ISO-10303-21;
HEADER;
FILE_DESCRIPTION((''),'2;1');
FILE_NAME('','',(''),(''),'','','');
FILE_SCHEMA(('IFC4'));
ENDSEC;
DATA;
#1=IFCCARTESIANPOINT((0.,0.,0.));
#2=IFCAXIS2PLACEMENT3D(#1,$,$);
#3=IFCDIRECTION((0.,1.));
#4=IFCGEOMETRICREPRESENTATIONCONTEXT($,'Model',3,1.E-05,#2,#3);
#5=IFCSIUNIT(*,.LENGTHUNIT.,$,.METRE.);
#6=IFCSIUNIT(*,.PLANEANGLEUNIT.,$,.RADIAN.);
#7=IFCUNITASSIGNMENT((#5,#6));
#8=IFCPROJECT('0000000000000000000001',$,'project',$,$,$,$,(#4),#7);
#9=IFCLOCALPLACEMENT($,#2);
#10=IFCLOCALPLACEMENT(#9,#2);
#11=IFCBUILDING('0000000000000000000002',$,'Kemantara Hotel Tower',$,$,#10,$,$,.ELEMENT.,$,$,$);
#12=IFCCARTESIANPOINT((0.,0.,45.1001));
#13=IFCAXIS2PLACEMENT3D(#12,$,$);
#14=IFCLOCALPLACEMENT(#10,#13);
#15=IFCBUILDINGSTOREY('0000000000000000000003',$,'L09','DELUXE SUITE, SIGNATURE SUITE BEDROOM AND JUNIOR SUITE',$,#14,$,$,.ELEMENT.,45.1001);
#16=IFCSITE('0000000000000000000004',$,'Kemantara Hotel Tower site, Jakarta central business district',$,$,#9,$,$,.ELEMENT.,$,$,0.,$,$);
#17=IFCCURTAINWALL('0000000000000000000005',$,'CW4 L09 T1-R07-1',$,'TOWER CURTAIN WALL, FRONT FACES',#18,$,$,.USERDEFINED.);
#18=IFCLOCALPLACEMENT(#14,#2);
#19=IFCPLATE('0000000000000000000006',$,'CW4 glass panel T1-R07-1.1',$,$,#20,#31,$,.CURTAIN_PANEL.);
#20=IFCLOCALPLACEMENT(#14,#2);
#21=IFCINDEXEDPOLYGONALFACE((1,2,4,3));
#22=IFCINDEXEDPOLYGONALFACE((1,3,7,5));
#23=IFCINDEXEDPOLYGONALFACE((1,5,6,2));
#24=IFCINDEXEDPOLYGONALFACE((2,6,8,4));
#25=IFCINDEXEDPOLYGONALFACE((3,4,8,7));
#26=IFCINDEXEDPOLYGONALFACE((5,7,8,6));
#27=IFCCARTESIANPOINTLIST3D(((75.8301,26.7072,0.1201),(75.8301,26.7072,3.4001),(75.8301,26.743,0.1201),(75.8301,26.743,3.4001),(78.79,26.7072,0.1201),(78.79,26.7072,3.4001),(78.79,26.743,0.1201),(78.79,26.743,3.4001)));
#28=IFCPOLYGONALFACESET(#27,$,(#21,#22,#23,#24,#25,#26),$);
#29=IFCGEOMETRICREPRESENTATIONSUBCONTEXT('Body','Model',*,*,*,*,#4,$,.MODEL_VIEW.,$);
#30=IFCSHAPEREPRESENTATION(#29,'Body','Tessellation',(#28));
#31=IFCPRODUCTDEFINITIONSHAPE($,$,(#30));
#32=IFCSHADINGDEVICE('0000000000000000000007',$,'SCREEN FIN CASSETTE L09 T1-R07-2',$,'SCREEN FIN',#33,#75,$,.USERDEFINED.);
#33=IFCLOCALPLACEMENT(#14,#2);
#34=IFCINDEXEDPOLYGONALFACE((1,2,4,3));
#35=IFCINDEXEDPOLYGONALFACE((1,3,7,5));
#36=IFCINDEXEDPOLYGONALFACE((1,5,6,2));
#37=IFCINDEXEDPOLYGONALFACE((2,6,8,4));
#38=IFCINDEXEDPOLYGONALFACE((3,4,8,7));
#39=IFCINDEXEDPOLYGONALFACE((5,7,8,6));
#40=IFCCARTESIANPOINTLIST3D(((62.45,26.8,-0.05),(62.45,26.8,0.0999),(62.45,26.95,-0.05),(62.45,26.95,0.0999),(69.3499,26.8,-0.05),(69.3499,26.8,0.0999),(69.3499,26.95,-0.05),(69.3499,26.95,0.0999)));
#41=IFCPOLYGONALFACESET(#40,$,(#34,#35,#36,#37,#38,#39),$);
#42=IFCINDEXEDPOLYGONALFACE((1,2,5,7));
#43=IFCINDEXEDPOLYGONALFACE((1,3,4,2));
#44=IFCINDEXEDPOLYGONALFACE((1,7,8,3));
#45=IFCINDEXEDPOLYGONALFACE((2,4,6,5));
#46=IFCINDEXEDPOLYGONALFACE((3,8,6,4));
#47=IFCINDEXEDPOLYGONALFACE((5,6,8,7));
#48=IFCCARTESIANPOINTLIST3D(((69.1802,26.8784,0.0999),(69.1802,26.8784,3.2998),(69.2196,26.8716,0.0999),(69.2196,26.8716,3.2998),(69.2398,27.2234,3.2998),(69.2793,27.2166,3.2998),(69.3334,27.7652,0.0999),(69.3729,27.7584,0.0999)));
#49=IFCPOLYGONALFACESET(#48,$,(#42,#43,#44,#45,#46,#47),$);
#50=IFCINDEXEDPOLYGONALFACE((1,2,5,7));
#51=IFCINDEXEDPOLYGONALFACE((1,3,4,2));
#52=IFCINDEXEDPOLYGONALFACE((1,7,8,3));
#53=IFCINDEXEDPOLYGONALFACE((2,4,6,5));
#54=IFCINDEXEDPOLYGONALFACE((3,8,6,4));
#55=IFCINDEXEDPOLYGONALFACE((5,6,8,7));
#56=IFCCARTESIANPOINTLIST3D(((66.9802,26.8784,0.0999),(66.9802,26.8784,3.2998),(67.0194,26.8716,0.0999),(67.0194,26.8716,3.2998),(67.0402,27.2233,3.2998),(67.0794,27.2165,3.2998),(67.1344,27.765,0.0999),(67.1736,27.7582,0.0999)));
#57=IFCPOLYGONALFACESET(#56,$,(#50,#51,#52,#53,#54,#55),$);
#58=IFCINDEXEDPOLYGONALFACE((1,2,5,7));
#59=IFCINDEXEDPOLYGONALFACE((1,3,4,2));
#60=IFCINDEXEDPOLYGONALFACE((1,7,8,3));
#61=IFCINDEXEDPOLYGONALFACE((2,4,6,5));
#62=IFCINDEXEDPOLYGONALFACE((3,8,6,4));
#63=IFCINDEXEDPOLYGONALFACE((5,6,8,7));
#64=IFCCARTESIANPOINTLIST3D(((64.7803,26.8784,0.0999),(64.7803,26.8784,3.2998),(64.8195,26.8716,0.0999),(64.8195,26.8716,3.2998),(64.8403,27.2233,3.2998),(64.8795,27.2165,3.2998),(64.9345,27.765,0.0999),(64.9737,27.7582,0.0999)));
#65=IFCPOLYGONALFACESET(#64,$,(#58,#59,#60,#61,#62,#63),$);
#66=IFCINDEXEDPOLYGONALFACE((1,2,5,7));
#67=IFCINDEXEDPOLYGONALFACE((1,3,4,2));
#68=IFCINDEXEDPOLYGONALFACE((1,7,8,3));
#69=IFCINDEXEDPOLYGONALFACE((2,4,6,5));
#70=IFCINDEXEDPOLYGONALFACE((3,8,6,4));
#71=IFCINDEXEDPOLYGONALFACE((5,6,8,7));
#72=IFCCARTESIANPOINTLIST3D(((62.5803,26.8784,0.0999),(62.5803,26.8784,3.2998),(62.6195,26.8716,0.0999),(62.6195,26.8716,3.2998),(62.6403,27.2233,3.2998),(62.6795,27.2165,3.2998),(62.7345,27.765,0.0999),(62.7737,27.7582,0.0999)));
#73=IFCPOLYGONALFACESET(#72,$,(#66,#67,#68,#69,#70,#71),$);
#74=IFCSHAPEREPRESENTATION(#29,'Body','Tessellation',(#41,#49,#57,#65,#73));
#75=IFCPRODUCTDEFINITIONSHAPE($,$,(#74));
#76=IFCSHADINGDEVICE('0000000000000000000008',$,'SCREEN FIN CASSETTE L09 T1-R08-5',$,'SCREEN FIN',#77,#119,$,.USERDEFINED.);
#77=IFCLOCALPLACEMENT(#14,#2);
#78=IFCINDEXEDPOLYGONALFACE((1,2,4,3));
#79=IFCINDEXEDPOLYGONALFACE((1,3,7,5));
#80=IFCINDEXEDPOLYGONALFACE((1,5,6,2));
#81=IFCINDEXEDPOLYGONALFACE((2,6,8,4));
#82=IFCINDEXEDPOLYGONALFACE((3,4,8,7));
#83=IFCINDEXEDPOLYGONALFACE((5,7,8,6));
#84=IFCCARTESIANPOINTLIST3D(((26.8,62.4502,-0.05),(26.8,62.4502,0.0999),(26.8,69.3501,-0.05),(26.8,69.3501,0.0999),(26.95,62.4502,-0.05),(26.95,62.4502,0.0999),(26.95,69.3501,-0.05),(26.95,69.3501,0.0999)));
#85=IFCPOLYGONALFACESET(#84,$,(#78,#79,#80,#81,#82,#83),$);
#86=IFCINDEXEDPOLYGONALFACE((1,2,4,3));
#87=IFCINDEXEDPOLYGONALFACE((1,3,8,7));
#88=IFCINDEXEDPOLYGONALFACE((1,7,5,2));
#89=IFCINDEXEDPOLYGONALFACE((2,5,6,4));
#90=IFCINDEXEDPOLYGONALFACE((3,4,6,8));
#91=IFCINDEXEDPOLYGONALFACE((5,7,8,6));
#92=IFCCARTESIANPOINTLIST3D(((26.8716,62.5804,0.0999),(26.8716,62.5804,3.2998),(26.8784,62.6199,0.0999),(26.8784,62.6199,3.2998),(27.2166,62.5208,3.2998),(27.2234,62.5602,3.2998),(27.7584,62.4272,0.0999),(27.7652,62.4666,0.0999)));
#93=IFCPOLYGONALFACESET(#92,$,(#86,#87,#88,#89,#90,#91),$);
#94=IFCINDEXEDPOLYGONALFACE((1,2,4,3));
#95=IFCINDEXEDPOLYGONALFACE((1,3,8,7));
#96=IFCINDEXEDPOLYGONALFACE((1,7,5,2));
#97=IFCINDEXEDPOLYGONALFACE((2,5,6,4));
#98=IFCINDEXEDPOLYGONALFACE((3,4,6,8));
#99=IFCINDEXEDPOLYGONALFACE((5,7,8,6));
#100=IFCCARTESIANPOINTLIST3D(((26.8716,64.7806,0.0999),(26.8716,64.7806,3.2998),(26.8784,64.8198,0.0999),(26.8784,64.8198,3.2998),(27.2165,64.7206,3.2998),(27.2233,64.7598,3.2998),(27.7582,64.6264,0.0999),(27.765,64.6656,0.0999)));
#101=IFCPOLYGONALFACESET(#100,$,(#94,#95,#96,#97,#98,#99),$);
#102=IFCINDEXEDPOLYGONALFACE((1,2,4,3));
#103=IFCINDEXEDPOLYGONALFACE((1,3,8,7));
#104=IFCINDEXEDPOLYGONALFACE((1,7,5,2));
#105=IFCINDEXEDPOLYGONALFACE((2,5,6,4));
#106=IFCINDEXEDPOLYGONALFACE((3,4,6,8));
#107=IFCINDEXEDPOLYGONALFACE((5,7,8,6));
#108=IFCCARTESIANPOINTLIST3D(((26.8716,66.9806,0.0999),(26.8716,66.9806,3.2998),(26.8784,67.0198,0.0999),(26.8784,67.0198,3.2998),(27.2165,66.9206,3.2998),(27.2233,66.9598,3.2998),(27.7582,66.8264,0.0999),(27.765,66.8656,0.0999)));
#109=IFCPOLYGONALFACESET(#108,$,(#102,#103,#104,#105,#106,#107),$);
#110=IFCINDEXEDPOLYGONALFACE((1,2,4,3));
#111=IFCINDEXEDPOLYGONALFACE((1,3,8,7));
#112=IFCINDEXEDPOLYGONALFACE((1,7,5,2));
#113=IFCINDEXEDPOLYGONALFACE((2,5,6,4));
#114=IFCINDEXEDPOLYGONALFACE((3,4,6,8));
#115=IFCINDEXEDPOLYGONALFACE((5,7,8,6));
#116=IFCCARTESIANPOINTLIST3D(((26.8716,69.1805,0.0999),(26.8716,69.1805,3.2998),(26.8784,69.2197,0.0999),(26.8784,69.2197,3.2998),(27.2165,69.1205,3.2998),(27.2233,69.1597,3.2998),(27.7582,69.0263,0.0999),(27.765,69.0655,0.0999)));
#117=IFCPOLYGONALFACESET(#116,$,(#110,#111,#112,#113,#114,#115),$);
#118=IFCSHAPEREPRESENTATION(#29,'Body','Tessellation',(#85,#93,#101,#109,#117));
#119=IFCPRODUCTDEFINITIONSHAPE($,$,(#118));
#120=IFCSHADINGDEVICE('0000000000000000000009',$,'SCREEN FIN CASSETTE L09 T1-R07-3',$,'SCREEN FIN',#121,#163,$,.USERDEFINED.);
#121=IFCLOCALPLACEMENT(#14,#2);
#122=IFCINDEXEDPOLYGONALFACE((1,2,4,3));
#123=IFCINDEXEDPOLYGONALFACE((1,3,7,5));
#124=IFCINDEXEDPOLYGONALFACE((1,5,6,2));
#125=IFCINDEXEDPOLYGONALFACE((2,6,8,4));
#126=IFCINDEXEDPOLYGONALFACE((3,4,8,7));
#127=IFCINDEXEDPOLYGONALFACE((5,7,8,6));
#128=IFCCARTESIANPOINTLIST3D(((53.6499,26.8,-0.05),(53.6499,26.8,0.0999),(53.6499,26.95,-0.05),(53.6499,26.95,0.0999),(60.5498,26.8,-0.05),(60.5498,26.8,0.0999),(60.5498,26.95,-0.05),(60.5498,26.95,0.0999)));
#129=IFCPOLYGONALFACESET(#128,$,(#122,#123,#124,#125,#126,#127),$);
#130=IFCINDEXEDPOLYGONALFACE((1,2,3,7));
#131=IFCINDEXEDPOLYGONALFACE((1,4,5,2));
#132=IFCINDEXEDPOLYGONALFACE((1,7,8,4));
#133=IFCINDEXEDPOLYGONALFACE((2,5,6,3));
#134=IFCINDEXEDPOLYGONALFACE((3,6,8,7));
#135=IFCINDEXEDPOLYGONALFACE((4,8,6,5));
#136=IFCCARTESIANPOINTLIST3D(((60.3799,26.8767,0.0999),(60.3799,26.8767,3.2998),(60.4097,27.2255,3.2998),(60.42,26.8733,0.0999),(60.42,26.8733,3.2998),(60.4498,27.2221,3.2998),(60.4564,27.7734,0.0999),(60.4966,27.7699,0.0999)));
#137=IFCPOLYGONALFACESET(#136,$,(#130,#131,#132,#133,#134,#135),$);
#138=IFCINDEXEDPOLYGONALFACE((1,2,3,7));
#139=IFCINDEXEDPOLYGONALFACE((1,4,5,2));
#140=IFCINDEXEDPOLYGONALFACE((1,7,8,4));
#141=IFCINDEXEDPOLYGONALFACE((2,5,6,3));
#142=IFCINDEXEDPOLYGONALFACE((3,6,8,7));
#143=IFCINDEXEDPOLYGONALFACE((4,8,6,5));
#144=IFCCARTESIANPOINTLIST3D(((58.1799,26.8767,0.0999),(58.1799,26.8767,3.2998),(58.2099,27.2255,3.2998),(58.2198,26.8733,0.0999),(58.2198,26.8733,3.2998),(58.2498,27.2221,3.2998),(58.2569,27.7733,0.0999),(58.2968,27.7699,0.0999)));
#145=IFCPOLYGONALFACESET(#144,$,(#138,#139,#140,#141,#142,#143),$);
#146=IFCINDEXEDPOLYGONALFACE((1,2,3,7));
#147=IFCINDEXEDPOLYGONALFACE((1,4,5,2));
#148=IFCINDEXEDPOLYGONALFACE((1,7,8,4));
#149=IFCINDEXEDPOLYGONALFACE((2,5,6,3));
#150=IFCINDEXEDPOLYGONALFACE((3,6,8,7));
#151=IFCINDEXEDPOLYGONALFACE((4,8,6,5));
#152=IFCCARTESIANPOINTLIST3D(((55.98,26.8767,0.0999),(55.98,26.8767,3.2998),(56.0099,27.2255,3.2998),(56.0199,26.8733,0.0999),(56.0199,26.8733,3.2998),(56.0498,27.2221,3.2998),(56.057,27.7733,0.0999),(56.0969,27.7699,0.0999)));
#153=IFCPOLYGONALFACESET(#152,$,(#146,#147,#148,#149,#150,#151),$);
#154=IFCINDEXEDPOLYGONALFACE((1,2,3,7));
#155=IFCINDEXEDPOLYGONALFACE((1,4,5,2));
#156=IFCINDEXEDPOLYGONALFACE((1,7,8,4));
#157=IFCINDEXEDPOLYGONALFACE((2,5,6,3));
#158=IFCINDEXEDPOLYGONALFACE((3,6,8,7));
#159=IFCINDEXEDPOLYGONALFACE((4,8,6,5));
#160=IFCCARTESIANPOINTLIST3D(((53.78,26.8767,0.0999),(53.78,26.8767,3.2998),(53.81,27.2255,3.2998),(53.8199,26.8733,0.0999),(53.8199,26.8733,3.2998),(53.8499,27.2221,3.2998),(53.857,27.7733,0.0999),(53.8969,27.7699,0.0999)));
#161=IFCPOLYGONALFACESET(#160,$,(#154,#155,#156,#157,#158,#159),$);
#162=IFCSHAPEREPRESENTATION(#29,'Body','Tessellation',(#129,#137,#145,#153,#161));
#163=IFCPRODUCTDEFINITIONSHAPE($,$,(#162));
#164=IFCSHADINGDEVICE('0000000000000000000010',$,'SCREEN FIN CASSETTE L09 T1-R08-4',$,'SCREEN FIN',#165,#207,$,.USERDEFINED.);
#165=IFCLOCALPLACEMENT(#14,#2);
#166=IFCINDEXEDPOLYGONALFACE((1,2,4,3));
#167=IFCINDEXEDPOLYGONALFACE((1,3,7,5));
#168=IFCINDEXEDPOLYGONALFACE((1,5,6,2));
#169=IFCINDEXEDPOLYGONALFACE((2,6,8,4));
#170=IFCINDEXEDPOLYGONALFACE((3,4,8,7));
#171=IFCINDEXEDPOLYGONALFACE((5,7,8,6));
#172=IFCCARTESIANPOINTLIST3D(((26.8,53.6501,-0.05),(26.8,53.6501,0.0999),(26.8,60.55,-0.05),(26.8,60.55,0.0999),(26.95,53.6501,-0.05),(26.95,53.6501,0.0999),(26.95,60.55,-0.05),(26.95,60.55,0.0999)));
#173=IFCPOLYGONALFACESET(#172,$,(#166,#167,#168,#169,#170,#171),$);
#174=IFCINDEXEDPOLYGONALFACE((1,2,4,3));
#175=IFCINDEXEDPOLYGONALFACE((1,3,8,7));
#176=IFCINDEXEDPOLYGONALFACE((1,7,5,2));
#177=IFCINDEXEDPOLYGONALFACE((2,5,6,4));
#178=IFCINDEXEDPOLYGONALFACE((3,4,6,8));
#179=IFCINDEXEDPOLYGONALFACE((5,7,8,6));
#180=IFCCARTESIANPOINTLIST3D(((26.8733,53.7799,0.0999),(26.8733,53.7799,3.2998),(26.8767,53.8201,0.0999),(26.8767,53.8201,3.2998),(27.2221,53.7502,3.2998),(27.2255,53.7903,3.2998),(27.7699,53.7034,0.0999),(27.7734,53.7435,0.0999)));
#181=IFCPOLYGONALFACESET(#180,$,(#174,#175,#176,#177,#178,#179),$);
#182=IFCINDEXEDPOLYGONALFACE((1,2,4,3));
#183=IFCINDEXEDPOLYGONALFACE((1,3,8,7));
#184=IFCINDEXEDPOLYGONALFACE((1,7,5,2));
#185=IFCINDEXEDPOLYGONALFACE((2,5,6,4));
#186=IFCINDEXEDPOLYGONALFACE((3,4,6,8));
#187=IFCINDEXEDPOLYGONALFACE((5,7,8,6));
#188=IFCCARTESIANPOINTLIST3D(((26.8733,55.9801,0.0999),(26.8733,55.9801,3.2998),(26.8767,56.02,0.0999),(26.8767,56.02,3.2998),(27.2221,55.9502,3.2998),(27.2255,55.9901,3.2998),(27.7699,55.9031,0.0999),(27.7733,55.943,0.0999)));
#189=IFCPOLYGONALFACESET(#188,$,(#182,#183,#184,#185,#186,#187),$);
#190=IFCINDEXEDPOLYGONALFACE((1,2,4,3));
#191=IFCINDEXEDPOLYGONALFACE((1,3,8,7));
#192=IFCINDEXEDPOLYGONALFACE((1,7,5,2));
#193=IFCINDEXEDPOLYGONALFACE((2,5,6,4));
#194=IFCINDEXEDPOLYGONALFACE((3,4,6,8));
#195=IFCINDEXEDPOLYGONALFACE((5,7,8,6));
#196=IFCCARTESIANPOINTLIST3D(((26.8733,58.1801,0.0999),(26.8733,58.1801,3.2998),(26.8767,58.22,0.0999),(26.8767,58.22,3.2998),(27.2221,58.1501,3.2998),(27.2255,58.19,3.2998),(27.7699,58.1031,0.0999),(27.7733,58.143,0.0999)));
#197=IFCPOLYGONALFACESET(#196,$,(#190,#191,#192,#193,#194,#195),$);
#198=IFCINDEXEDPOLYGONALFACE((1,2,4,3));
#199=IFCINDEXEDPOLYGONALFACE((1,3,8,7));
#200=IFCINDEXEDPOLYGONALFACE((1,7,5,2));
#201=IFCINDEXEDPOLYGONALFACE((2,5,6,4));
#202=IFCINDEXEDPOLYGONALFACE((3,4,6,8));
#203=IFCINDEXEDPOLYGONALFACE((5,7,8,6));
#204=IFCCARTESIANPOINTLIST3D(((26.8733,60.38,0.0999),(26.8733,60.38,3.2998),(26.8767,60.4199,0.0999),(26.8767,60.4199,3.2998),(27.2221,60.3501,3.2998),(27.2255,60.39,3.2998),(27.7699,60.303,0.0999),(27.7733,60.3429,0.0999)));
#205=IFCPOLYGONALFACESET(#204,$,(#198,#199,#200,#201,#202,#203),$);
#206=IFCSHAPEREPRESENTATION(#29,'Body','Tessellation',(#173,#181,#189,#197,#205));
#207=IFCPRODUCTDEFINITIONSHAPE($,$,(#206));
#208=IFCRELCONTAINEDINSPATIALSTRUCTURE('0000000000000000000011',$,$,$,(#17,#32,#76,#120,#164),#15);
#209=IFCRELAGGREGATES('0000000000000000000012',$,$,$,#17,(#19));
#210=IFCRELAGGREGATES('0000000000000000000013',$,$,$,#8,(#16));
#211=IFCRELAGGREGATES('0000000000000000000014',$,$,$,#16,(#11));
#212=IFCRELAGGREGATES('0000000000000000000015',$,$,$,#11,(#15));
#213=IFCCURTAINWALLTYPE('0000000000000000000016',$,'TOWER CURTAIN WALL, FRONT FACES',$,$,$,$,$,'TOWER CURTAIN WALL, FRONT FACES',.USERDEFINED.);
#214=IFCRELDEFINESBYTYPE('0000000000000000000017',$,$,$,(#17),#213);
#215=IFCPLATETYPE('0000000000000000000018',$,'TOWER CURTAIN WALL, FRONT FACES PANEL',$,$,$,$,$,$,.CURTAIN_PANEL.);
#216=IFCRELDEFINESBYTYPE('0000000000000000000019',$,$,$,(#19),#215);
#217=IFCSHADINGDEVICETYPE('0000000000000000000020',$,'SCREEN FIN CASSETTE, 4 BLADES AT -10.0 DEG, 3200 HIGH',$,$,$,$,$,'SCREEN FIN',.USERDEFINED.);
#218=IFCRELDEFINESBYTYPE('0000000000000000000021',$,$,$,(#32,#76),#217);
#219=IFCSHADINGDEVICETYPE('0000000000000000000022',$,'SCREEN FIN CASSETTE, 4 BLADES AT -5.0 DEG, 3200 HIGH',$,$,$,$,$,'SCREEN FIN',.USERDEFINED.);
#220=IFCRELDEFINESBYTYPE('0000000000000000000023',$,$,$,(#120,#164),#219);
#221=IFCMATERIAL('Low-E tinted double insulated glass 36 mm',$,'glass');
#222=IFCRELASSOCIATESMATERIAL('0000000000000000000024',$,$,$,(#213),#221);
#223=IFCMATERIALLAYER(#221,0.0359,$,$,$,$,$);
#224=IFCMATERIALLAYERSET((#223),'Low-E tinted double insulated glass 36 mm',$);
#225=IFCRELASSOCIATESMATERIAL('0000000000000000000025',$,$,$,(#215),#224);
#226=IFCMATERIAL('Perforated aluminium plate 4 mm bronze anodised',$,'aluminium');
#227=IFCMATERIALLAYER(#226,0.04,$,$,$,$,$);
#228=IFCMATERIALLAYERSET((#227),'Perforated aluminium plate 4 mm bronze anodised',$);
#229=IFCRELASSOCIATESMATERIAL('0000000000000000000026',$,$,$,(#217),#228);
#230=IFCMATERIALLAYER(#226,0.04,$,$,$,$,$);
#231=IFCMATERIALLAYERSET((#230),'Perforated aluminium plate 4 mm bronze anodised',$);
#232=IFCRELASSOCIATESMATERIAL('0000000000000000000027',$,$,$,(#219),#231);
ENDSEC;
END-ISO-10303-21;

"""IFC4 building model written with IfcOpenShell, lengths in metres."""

from ifc_helpers import new_model, si_unit, direction, frame, origin, origin_2d, place, context, subcontext, project, spatial, polyline, rectangle, outline, extrude, source, transform, mapped, material, layer, layer_set, type_object, element, aggregate, save


model = new_model("IFC4")

# Units and contexts
model_context = context("Model", 3, precision=1e-05, world=origin(), true_north=direction((0.0, 1.0)))
body_context = subcontext(model_context, "Body", "Model", "MODEL_VIEW")
ifc_project = project(units=[si_unit("LENGTHUNIT", "METRE"), si_unit("PLANEANGLEUNIT", "RADIAN")], contexts=[model_context])

# Site, building, storey
site_placement = place(None, origin())
site = spatial("IfcSite", under=ifc_project, at=site_placement, Name="Kemantara Hotel Tower site, Jakarta central business district", CompositionType="ELEMENT", RefElevation=0.0)
building_placement = place(site_placement, origin())
building = spatial("IfcBuilding", under=site, at=building_placement, Name="Kemantara Hotel Tower", CompositionType="ELEMENT")
storey_placement = place(building_placement, frame((0.0, 0.0, 45.1001)))
storey = spatial("IfcBuildingStorey", under=building, at=storey_placement, Name="L09", Description="DELUXE SUITE, SIGNATURE SUITE BEDROOM AND JUNIOR SUITE", CompositionType="ELEMENT", Elevation=45.1001)

# Curtain wall
ifc_material_1 = material(Name="Low-E tinted double insulated glass 36 mm", Category="glass")
curtain_wall_type = type_object("IfcCurtainWallType", Name="TOWER CURTAIN WALL, FRONT FACES", ElementType="TOWER CURTAIN WALL, FRONT FACES", PredefinedType="USERDEFINED", material=ifc_material_1)
curtain_wall_1_placement = place(storey_placement, origin())
curtain_wall_1 = element("IfcCurtainWall", 1, at=curtain_wall_1_placement, inside=storey, type_object=curtain_wall_type, Name="CW4 L09 T1-R07-1", ObjectType="TOWER CURTAIN WALL, FRONT FACES", PredefinedType="USERDEFINED")

# Plate
ifc_layer_1 = layer(ifc_material_1, 0.0359)
ifc_layer_set_1 = layer_set([ifc_layer_1], Name="Low-E tinted double insulated glass 36 mm")
plate_type = type_object("IfcPlateType", Name="TOWER CURTAIN WALL, FRONT FACES PANEL", PredefinedType="CURTAIN_PANEL", material=ifc_layer_set_1)
shared_shape_1 = source(origin(), body_context, "Body", "SweptSolid", [
    extrude(rectangle(XDim=2.96, YDim=0.0359, at=origin_2d()), origin(), (0.0, 0.0, 1.0), 3.28),
])
plate_1_placement = place(storey_placement, frame((77.3101, 26.7251, 0.1201), z_axis=(0.0, 0.0, 1.0), x_axis=(-1.0, 0.0, 0.0)))
plate_1 = element("IfcPlate", 2, at=plate_1_placement, type_object=plate_type, Name="CW4 glass panel T1-R07-1.1", PredefinedType="CURTAIN_PANEL", context=body_context, shape_type="MappedRepresentation", body=[
    mapped(shared_shape_1, transform((0.0, 0.0, 0.0))),
])
aggregate(curtain_wall_1, [plate_1])

# Shading devices
ifc_material_2 = material(Name="Perforated aluminium plate 4 mm bronze anodised", Category="aluminium")
ifc_layer_2 = layer(ifc_material_2, 0.04)
ifc_layer_set_2 = layer_set([ifc_layer_2], Name="Perforated aluminium plate 4 mm bronze anodised")
shading_device_type_1 = type_object("IfcShadingDeviceType", Name="SCREEN FIN CASSETTE, 4 BLADES AT -10.0 DEG, 3200 HIGH", ElementType="SCREEN FIN", PredefinedType="USERDEFINED", material=ifc_layer_set_2)
shared_shape_2 = source(origin(), body_context, "Body", "SweptSolid", [
    extrude(rectangle(XDim=6.8999, YDim=0.1499, at=origin_2d()), frame((3.3, -0.075, -0.1499), z_axis=(0.0, 0.0, 1.0), x_axis=(1.0, 0.0, 0.0)), (0.0, 0.0, 1.0), 0.1499),
    extrude(outline(polyline([(0.0, 0.0), (0.8999, 0.0), (0.3501, 3.2), (0.0, 3.2), (0.0, 0.0)])), frame((0.0198, -0.0784, 0.0), z_axis=(-0.98539, 0.170314, 0.0), x_axis=(-0.170314, -0.98539, 0.0)), (0.0, 0.0, 1.0), 0.04),
    extrude(outline(polyline([(0.0, 0.0), (0.8999, 0.0), (0.3501, 3.2), (0.0, 3.2), (0.0, 0.0)])), frame((2.2197, -0.0784, 0.0), z_axis=(-0.985212, 0.171341, 0.0), x_axis=(-0.171341, -0.985212, 0.0)), (0.0, 0.0, 1.0), 0.0398),
    extrude(outline(polyline([(0.0, 0.0), (0.8999, 0.0), (0.3501, 3.2), (0.0, 3.2), (0.0, 0.0)])), frame((4.4197, -0.0784, 0.0), z_axis=(-0.985212, 0.171341, 0.0), x_axis=(-0.171341, -0.985212, 0.0)), (0.0, 0.0, 1.0), 0.0398),
    extrude(outline(polyline([(0.0, 0.0), (0.8999, 0.0), (0.3501, 3.2), (0.0, 3.2), (0.0, 0.0)])), frame((6.6196, -0.0784, 0.0), z_axis=(-0.985212, 0.171341, 0.0), x_axis=(-0.171341, -0.985212, 0.0)), (0.0, 0.0, 1.0), 0.0398),
])
for number, where, z_axis, x_axis, name in (
    (3, (69.2, 26.8, 0.0999), (0.0, 0.0, 1.0), (-1.0, 0.0, 0.0), "SCREEN FIN CASSETTE L09 T1-R07-2"),
    (4, (26.8, 62.6001, 0.0999), (0.0, 0.0, 1.0), (0.0, 1.0, 0.0), "SCREEN FIN CASSETTE L09 T1-R08-5"),
):
    element("IfcShadingDevice", number, at=place(storey_placement, frame(where, z_axis=z_axis, x_axis=x_axis)), inside=storey, type_object=shading_device_type_1, Name=name, ObjectType="SCREEN FIN", PredefinedType="USERDEFINED", context=body_context, shape_type="MappedRepresentation", body=[
        mapped(shared_shape_2, transform((0.0, 0.0, 0.0))),
    ])
ifc_layer_3 = layer(ifc_material_2, 0.04)
ifc_layer_set_3 = layer_set([ifc_layer_3], Name="Perforated aluminium plate 4 mm bronze anodised")
shading_device_type_2 = type_object("IfcShadingDeviceType", Name="SCREEN FIN CASSETTE, 4 BLADES AT -5.0 DEG, 3200 HIGH", ElementType="SCREEN FIN", PredefinedType="USERDEFINED", material=ifc_layer_set_3)
shared_shape_3 = source(origin(), body_context, "Body", "SweptSolid", [
    extrude(rectangle(XDim=6.8999, YDim=0.1499, at=origin_2d()), frame((3.3, -0.075, -0.1499), z_axis=(0.0, 0.0, 1.0), x_axis=(1.0, 0.0, 0.0)), (0.0, 0.0, 1.0), 0.1499),
    extrude(outline(polyline([(0.0, 0.0), (0.8999, 0.0), (0.3501, 3.2), (0.0, 3.2), (0.0, 0.0)])), frame((0.02, -0.0767, 0.0), z_axis=(-0.996376, 0.085056, 0.0), x_axis=(-0.085056, -0.996376, 0.0)), (0.0, 0.0, 1.0), 0.0403),
    extrude(outline(polyline([(0.0, 0.0), (0.8999, 0.0), (0.3501, 3.2), (0.0, 3.2), (0.0, 0.0)])), frame((2.22, -0.0767, 0.0), z_axis=(-0.996332, 0.085575, 0.0), x_axis=(-0.085575, -0.996332, 0.0)), (0.0, 0.0, 1.0), 0.04),
    extrude(outline(polyline([(0.0, 0.0), (0.8999, 0.0), (0.3501, 3.2), (0.0, 3.2), (0.0, 0.0)])), frame((4.4199, -0.0767, 0.0), z_axis=(-0.996332, 0.085575, 0.0), x_axis=(-0.085575, -0.996332, 0.0)), (0.0, 0.0, 1.0), 0.04),
    extrude(outline(polyline([(0.0, 0.0), (0.8999, 0.0), (0.3501, 3.2), (0.0, 3.2), (0.0, 0.0)])), frame((6.6199, -0.0767, 0.0), z_axis=(-0.996332, 0.085575, 0.0), x_axis=(-0.085575, -0.996332, 0.0)), (0.0, 0.0, 1.0), 0.04),
])
for number, where, z_axis, x_axis, name in (
    (5, (60.3999, 26.8, 0.0999), (0.0, 0.0, 1.0), (-1.0, 0.0, 0.0), "SCREEN FIN CASSETTE L09 T1-R07-3"),
    (6, (26.8, 53.8, 0.0999), (0.0, 0.0, 1.0), (0.0, 1.0, 0.0), "SCREEN FIN CASSETTE L09 T1-R08-4"),
):
    element("IfcShadingDevice", number, at=place(storey_placement, frame(where, z_axis=z_axis, x_axis=x_axis)), inside=storey, type_object=shading_device_type_2, Name=name, ObjectType="SCREEN FIN", PredefinedType="USERDEFINED", context=body_context, shape_type="MappedRepresentation", body=[
        mapped(shared_shape_3, transform((0.0, 0.0, 0.0))),
    ])

save(model, "model.ifc")
